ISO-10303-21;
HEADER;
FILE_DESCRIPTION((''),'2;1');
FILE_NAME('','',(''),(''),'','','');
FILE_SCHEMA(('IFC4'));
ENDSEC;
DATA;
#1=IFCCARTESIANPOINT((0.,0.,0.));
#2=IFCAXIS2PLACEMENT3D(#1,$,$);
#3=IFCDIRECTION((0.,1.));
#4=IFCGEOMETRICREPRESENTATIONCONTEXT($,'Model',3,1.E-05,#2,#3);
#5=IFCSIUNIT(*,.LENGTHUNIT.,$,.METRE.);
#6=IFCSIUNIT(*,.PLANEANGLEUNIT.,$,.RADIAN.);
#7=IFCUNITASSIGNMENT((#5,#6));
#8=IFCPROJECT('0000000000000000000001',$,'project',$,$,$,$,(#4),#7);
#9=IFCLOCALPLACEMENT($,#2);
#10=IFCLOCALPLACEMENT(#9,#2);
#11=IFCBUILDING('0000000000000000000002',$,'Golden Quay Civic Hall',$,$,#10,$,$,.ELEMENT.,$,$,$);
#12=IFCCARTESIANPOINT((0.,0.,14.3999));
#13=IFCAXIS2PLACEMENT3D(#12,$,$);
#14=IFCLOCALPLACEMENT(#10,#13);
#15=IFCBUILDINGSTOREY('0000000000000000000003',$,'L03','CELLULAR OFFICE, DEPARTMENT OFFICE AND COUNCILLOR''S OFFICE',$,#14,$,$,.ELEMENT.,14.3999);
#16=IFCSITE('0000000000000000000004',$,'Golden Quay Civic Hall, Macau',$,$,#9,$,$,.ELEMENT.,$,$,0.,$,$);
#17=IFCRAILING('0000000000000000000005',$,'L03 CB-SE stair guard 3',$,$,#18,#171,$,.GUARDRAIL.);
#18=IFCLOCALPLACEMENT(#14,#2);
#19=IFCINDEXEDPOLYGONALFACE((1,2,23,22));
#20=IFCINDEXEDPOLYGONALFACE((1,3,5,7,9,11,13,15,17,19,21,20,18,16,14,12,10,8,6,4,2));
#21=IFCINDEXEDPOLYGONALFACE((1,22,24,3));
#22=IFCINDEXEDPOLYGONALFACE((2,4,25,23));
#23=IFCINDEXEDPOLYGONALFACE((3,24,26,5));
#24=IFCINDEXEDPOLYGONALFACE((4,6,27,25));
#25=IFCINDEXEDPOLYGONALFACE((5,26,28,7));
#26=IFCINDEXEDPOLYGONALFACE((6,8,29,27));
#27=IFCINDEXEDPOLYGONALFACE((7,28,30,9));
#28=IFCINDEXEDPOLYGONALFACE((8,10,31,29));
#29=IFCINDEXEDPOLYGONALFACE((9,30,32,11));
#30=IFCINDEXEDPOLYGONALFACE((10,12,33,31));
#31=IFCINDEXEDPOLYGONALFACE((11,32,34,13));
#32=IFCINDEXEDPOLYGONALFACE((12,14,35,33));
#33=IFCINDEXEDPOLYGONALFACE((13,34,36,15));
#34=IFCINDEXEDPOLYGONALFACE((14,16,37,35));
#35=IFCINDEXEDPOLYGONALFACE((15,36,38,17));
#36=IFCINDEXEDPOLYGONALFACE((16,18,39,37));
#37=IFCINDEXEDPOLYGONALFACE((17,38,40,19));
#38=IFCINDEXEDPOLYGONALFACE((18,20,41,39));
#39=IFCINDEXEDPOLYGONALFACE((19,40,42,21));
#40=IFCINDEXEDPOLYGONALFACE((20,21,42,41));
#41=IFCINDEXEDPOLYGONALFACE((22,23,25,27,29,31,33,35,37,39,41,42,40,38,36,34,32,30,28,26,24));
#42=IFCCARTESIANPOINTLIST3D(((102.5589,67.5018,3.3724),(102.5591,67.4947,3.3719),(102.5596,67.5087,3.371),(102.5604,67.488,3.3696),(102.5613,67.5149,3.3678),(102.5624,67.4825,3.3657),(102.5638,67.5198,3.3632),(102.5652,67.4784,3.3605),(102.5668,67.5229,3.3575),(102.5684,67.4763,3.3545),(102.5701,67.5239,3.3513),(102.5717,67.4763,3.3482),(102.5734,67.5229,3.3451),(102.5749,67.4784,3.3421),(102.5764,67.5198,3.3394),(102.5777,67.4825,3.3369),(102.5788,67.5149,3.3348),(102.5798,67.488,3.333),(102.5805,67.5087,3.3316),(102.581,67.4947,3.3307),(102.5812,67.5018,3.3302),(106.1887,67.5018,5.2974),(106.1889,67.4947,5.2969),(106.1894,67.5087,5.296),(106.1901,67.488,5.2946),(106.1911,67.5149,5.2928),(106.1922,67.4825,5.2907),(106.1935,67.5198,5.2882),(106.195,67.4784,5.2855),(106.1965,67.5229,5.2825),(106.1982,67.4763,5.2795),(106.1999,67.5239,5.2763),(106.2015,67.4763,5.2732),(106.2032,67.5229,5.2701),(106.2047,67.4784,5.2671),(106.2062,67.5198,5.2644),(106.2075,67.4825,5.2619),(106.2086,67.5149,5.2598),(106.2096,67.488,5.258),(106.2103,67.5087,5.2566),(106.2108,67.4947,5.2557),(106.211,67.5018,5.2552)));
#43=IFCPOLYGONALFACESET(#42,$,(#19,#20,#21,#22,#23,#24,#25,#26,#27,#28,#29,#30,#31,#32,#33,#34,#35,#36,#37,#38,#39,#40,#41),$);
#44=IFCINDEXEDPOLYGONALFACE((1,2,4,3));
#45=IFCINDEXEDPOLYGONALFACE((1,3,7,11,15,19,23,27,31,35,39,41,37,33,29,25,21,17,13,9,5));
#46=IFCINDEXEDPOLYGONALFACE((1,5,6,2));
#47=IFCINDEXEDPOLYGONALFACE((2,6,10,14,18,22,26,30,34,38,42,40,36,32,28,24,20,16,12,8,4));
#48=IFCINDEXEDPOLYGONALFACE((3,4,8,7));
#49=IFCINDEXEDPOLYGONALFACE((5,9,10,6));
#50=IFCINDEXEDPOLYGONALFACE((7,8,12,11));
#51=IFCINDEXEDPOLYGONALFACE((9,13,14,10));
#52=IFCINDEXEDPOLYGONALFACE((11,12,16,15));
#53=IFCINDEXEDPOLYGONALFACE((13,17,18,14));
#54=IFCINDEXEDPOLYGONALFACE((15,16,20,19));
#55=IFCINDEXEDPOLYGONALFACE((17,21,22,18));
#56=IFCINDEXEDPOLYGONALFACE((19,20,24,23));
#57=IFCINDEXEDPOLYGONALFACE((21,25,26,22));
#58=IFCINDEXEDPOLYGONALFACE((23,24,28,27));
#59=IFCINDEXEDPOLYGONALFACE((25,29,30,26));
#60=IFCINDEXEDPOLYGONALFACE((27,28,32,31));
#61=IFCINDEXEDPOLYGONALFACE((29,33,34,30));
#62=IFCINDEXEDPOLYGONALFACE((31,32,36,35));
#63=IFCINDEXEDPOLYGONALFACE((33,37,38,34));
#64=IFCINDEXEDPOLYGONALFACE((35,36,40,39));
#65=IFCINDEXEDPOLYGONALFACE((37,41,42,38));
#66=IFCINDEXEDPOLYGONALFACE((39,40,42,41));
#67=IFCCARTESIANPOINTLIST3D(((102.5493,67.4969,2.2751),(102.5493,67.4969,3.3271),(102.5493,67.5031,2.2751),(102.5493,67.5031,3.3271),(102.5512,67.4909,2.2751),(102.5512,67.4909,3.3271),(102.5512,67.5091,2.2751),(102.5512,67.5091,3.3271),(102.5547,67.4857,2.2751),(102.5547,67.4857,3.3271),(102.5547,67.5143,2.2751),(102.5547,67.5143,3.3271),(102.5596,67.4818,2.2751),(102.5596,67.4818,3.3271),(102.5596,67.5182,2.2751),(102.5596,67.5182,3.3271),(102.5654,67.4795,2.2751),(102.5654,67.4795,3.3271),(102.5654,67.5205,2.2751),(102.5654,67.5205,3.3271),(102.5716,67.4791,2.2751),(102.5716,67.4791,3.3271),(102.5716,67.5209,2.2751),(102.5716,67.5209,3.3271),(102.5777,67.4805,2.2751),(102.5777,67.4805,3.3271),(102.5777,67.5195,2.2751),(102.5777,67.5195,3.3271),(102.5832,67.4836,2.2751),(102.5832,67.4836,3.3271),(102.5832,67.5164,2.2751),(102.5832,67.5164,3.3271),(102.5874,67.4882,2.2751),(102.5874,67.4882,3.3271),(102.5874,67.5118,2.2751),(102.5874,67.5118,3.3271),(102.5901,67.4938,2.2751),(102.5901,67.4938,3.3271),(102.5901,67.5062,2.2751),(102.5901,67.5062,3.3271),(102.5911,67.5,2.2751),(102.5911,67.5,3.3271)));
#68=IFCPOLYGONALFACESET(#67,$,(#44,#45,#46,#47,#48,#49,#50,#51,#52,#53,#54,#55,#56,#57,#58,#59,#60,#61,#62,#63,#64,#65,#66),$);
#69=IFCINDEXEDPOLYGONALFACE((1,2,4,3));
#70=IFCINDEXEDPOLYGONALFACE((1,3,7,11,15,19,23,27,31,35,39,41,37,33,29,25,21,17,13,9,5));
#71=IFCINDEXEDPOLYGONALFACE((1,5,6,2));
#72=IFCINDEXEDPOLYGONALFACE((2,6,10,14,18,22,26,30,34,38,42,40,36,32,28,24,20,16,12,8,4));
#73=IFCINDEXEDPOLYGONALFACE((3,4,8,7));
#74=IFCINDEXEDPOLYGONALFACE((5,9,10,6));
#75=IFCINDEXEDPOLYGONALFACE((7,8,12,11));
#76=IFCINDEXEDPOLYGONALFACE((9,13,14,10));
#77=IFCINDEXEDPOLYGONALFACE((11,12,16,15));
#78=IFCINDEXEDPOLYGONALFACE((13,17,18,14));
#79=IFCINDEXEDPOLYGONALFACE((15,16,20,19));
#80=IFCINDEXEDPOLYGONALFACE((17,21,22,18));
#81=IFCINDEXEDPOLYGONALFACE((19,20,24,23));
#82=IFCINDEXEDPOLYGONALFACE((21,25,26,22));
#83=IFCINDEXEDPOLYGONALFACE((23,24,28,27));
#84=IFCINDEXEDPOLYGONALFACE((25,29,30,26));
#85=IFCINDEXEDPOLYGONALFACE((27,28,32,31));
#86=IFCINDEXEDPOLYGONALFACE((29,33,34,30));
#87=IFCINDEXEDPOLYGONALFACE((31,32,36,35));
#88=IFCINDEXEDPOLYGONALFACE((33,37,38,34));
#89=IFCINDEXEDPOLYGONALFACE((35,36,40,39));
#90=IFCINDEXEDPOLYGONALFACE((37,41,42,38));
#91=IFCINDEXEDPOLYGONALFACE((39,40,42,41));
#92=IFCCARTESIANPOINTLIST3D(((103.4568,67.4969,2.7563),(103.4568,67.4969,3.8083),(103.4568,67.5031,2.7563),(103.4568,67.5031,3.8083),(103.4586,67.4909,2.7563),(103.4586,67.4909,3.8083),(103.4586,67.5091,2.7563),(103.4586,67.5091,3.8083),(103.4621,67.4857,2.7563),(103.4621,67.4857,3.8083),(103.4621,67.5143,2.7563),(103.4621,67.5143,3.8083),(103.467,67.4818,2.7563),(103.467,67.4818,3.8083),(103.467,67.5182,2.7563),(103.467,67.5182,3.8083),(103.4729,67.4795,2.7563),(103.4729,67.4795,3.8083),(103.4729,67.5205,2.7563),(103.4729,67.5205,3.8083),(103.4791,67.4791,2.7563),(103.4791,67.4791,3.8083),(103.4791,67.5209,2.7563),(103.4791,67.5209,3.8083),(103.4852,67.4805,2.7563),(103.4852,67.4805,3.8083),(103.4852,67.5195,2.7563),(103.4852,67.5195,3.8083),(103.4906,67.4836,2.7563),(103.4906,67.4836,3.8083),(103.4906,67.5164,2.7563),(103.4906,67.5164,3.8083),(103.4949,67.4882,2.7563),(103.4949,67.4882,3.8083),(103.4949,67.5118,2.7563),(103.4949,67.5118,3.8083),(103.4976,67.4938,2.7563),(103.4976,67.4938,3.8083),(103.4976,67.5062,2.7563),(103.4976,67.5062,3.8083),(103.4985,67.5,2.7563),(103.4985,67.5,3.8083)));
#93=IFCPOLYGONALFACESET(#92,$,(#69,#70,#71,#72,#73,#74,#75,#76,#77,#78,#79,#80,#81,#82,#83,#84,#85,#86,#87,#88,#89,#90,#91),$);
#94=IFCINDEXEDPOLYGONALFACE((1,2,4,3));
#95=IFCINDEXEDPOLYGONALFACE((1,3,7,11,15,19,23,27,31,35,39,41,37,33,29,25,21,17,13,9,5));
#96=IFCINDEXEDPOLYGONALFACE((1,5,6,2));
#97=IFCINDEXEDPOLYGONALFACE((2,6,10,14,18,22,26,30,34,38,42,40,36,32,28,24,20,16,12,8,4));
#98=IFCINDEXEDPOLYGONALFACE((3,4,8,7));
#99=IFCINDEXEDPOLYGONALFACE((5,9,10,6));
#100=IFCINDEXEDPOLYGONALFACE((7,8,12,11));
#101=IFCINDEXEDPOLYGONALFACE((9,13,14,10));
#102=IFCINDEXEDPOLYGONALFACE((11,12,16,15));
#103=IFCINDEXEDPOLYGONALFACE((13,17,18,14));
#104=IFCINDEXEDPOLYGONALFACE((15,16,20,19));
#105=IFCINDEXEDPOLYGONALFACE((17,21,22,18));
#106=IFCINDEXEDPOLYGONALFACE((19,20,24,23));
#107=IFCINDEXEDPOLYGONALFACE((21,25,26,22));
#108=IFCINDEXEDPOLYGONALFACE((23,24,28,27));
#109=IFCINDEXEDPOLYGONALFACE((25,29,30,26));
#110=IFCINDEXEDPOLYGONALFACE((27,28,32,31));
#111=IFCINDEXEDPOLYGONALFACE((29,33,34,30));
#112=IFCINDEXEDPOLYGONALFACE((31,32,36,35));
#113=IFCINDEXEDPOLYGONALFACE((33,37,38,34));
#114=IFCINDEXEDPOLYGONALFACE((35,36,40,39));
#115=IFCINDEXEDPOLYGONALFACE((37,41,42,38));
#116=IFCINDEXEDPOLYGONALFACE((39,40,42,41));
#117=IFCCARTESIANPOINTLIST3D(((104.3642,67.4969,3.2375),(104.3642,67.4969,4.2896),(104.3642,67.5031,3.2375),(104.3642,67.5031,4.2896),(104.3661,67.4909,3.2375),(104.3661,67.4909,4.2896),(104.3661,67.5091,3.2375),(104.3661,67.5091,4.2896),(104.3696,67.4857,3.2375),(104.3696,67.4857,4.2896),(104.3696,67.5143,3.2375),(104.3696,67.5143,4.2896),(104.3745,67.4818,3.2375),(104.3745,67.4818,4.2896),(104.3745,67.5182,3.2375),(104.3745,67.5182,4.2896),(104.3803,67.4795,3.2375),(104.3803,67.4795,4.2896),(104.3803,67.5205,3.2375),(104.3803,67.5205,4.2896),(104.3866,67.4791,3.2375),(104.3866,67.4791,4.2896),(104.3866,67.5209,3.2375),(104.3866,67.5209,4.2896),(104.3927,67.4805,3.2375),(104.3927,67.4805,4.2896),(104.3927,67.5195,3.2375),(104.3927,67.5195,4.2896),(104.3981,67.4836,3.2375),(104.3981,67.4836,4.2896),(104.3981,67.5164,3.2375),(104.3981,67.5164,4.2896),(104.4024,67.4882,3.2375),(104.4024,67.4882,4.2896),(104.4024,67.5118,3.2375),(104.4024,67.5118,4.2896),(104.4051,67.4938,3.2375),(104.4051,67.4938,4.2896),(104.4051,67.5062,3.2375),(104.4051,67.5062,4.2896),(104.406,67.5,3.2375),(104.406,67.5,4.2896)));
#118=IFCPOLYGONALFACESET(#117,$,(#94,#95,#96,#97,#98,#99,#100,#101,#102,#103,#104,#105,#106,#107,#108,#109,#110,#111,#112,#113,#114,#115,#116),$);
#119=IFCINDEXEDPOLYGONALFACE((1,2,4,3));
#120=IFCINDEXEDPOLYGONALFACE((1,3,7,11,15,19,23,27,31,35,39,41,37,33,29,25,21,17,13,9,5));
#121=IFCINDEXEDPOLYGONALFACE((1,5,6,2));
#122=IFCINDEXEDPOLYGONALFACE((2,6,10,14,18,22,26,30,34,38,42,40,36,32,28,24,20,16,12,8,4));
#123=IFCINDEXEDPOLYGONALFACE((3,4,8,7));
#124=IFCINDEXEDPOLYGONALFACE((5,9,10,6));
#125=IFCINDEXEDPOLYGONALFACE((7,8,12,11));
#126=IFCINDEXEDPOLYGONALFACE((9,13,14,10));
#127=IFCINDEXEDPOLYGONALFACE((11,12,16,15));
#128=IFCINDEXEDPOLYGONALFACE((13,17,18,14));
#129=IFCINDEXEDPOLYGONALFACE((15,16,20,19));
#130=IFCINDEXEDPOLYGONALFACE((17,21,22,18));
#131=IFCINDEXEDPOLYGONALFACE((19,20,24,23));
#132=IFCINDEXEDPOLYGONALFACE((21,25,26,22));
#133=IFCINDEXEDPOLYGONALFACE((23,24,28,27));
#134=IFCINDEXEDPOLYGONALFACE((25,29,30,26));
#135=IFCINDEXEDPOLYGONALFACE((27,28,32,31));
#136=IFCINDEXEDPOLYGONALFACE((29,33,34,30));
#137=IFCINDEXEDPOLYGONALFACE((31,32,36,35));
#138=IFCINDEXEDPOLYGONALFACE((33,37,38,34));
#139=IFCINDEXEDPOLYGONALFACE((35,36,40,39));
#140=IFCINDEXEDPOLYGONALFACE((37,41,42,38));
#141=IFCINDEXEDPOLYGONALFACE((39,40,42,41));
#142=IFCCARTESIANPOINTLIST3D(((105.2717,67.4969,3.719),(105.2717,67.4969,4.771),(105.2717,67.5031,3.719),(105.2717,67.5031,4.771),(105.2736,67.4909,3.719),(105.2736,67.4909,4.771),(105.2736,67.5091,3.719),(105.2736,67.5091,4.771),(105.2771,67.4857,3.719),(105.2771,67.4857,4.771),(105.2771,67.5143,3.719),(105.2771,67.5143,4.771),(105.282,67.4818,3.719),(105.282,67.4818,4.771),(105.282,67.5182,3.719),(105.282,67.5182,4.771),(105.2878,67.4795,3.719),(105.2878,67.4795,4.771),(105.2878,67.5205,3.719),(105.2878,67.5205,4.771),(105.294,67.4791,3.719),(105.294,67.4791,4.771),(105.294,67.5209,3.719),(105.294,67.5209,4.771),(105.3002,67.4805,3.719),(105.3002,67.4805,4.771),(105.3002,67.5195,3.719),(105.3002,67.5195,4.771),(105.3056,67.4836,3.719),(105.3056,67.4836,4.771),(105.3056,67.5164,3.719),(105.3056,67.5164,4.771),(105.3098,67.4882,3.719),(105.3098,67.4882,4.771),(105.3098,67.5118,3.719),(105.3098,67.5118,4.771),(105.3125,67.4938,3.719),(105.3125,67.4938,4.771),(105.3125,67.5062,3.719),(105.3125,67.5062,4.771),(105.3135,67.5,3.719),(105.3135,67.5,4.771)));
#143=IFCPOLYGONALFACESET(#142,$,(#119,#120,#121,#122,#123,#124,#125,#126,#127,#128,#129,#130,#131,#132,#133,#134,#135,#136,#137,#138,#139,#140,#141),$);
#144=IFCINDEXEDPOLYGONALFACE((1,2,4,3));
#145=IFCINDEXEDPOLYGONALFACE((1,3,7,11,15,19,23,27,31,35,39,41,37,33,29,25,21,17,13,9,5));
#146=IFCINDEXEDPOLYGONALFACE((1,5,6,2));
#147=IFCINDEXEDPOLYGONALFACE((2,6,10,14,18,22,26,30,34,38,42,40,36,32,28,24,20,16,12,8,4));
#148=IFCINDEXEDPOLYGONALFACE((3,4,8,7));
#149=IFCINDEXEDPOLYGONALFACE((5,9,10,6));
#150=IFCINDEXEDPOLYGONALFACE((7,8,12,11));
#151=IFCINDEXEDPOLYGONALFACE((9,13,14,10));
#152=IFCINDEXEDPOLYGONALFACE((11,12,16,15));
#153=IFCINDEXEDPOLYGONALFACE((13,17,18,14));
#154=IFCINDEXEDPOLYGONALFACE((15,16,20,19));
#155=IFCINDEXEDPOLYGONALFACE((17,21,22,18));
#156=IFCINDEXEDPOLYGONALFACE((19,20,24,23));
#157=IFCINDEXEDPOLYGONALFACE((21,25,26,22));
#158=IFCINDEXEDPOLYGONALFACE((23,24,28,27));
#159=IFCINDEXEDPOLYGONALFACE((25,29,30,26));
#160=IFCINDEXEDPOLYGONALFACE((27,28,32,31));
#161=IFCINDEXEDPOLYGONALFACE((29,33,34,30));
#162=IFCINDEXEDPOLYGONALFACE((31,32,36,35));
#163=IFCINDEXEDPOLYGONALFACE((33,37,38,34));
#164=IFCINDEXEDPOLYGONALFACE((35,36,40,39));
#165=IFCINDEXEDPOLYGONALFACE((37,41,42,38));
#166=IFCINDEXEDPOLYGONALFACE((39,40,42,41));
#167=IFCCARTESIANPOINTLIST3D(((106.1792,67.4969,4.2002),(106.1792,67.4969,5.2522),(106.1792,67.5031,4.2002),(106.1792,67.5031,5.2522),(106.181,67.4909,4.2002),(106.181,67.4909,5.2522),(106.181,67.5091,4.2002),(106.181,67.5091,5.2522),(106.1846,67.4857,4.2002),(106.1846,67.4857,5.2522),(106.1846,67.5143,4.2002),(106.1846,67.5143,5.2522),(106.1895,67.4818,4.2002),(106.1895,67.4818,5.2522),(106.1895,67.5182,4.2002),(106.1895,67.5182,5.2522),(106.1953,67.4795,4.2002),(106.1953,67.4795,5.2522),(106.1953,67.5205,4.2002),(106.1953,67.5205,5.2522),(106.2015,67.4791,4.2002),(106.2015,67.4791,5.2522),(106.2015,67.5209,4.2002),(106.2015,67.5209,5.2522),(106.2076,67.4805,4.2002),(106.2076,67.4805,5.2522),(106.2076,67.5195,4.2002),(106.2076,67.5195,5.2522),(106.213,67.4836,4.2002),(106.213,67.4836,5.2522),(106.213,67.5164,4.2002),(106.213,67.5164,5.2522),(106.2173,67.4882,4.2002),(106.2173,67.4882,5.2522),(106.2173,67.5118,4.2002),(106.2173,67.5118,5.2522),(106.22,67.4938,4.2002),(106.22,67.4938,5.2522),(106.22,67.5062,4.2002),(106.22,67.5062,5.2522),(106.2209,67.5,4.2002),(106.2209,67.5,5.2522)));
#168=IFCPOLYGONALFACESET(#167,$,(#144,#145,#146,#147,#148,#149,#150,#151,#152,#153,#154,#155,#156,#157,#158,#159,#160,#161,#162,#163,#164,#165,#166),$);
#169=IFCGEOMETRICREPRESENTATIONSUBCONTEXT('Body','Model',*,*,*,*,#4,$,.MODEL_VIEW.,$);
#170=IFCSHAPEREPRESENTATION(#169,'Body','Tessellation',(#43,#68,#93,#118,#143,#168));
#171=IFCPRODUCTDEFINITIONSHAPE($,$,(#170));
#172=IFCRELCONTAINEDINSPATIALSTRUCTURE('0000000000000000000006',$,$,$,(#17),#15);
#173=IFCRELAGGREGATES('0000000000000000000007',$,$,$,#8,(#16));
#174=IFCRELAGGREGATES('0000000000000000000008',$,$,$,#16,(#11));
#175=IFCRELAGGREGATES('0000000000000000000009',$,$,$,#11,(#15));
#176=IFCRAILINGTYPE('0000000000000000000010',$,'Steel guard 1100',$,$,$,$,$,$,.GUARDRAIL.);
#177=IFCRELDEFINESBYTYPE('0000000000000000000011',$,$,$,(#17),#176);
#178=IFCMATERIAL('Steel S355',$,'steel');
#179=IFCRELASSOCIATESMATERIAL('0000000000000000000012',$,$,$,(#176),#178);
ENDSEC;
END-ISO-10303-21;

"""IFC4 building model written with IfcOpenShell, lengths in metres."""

from ifc_helpers import new_model, si_unit, direction, frame, origin, origin_2d, place, context, subcontext, project, spatial, circle, extrude, material, type_object, element, save


model = new_model("IFC4")

# Units and contexts
model_context = context("Model", 3, precision=1e-05, world=origin(), true_north=direction((0.0, 1.0)))
body_context = subcontext(model_context, "Body", "Model", "MODEL_VIEW")
ifc_project = project(units=[si_unit("LENGTHUNIT", "METRE"), si_unit("PLANEANGLEUNIT", "RADIAN")], contexts=[model_context])

# Site, building, storey
site_placement = place(None, origin())
site = spatial("IfcSite", under=ifc_project, at=site_placement, Name="Golden Quay Civic Hall, Macau", CompositionType="ELEMENT", RefElevation=0.0)
building_placement = place(site_placement, origin())
building = spatial("IfcBuilding", under=site, at=building_placement, Name="Golden Quay Civic Hall", CompositionType="ELEMENT")
storey_placement = place(building_placement, frame((0.0, 0.0, 14.3999)))
storey = spatial("IfcBuildingStorey", under=building, at=storey_placement, Name="L03", Description="CELLULAR OFFICE, DEPARTMENT OFFICE AND COUNCILLOR'S OFFICE", CompositionType="ELEMENT", Elevation=14.3999)

# Railing
ifc_material_1 = material(Name="Steel S355", Category="steel")
railing_type_1 = type_object("IfcRailingType", Name="Steel guard 1100", PredefinedType="GUARDRAIL", material=ifc_material_1)
railing_1_placement = place(storey_placement, frame((102.5701, 67.5, 2.2751)))
element("IfcRailing", 1, at=railing_1_placement, inside=storey, type_object=railing_type_1, Name="L03 CB-SE stair guard 3", PredefinedType="GUARDRAIL", context=body_context, shape_type="SweptSolid", body=[
    extrude(circle(Radius=0.0239, at=origin_2d()), frame((0.0, 0.0, 1.0762), z_axis=(0.883451, 0.0, 0.468524), x_axis=(0.0, 1.0, 0.0)), (0.0, 0.0, 1.0), 4.1086),
    extrude(circle(Radius=0.021, at=origin_2d()), origin(), (0.0, 0.0, 1.0), 1.052),
    extrude(circle(Radius=0.021, at=origin_2d()), frame((0.9075, 0.0, 0.4812)), (0.0, 0.0, 1.0), 1.052),
    extrude(circle(Radius=0.021, at=origin_2d()), frame((1.8149, 0.0, 0.9624)), (0.0, 0.0, 1.0), 1.052),
    extrude(circle(Radius=0.021, at=origin_2d()), frame((2.7224, 0.0, 1.4438)), (0.0, 0.0, 1.0), 1.052),
    extrude(circle(Radius=0.021, at=origin_2d()), frame((3.6299, 0.0, 1.925)), (0.0, 0.0, 1.0), 1.052),
])

save(model, "model.ifc")
